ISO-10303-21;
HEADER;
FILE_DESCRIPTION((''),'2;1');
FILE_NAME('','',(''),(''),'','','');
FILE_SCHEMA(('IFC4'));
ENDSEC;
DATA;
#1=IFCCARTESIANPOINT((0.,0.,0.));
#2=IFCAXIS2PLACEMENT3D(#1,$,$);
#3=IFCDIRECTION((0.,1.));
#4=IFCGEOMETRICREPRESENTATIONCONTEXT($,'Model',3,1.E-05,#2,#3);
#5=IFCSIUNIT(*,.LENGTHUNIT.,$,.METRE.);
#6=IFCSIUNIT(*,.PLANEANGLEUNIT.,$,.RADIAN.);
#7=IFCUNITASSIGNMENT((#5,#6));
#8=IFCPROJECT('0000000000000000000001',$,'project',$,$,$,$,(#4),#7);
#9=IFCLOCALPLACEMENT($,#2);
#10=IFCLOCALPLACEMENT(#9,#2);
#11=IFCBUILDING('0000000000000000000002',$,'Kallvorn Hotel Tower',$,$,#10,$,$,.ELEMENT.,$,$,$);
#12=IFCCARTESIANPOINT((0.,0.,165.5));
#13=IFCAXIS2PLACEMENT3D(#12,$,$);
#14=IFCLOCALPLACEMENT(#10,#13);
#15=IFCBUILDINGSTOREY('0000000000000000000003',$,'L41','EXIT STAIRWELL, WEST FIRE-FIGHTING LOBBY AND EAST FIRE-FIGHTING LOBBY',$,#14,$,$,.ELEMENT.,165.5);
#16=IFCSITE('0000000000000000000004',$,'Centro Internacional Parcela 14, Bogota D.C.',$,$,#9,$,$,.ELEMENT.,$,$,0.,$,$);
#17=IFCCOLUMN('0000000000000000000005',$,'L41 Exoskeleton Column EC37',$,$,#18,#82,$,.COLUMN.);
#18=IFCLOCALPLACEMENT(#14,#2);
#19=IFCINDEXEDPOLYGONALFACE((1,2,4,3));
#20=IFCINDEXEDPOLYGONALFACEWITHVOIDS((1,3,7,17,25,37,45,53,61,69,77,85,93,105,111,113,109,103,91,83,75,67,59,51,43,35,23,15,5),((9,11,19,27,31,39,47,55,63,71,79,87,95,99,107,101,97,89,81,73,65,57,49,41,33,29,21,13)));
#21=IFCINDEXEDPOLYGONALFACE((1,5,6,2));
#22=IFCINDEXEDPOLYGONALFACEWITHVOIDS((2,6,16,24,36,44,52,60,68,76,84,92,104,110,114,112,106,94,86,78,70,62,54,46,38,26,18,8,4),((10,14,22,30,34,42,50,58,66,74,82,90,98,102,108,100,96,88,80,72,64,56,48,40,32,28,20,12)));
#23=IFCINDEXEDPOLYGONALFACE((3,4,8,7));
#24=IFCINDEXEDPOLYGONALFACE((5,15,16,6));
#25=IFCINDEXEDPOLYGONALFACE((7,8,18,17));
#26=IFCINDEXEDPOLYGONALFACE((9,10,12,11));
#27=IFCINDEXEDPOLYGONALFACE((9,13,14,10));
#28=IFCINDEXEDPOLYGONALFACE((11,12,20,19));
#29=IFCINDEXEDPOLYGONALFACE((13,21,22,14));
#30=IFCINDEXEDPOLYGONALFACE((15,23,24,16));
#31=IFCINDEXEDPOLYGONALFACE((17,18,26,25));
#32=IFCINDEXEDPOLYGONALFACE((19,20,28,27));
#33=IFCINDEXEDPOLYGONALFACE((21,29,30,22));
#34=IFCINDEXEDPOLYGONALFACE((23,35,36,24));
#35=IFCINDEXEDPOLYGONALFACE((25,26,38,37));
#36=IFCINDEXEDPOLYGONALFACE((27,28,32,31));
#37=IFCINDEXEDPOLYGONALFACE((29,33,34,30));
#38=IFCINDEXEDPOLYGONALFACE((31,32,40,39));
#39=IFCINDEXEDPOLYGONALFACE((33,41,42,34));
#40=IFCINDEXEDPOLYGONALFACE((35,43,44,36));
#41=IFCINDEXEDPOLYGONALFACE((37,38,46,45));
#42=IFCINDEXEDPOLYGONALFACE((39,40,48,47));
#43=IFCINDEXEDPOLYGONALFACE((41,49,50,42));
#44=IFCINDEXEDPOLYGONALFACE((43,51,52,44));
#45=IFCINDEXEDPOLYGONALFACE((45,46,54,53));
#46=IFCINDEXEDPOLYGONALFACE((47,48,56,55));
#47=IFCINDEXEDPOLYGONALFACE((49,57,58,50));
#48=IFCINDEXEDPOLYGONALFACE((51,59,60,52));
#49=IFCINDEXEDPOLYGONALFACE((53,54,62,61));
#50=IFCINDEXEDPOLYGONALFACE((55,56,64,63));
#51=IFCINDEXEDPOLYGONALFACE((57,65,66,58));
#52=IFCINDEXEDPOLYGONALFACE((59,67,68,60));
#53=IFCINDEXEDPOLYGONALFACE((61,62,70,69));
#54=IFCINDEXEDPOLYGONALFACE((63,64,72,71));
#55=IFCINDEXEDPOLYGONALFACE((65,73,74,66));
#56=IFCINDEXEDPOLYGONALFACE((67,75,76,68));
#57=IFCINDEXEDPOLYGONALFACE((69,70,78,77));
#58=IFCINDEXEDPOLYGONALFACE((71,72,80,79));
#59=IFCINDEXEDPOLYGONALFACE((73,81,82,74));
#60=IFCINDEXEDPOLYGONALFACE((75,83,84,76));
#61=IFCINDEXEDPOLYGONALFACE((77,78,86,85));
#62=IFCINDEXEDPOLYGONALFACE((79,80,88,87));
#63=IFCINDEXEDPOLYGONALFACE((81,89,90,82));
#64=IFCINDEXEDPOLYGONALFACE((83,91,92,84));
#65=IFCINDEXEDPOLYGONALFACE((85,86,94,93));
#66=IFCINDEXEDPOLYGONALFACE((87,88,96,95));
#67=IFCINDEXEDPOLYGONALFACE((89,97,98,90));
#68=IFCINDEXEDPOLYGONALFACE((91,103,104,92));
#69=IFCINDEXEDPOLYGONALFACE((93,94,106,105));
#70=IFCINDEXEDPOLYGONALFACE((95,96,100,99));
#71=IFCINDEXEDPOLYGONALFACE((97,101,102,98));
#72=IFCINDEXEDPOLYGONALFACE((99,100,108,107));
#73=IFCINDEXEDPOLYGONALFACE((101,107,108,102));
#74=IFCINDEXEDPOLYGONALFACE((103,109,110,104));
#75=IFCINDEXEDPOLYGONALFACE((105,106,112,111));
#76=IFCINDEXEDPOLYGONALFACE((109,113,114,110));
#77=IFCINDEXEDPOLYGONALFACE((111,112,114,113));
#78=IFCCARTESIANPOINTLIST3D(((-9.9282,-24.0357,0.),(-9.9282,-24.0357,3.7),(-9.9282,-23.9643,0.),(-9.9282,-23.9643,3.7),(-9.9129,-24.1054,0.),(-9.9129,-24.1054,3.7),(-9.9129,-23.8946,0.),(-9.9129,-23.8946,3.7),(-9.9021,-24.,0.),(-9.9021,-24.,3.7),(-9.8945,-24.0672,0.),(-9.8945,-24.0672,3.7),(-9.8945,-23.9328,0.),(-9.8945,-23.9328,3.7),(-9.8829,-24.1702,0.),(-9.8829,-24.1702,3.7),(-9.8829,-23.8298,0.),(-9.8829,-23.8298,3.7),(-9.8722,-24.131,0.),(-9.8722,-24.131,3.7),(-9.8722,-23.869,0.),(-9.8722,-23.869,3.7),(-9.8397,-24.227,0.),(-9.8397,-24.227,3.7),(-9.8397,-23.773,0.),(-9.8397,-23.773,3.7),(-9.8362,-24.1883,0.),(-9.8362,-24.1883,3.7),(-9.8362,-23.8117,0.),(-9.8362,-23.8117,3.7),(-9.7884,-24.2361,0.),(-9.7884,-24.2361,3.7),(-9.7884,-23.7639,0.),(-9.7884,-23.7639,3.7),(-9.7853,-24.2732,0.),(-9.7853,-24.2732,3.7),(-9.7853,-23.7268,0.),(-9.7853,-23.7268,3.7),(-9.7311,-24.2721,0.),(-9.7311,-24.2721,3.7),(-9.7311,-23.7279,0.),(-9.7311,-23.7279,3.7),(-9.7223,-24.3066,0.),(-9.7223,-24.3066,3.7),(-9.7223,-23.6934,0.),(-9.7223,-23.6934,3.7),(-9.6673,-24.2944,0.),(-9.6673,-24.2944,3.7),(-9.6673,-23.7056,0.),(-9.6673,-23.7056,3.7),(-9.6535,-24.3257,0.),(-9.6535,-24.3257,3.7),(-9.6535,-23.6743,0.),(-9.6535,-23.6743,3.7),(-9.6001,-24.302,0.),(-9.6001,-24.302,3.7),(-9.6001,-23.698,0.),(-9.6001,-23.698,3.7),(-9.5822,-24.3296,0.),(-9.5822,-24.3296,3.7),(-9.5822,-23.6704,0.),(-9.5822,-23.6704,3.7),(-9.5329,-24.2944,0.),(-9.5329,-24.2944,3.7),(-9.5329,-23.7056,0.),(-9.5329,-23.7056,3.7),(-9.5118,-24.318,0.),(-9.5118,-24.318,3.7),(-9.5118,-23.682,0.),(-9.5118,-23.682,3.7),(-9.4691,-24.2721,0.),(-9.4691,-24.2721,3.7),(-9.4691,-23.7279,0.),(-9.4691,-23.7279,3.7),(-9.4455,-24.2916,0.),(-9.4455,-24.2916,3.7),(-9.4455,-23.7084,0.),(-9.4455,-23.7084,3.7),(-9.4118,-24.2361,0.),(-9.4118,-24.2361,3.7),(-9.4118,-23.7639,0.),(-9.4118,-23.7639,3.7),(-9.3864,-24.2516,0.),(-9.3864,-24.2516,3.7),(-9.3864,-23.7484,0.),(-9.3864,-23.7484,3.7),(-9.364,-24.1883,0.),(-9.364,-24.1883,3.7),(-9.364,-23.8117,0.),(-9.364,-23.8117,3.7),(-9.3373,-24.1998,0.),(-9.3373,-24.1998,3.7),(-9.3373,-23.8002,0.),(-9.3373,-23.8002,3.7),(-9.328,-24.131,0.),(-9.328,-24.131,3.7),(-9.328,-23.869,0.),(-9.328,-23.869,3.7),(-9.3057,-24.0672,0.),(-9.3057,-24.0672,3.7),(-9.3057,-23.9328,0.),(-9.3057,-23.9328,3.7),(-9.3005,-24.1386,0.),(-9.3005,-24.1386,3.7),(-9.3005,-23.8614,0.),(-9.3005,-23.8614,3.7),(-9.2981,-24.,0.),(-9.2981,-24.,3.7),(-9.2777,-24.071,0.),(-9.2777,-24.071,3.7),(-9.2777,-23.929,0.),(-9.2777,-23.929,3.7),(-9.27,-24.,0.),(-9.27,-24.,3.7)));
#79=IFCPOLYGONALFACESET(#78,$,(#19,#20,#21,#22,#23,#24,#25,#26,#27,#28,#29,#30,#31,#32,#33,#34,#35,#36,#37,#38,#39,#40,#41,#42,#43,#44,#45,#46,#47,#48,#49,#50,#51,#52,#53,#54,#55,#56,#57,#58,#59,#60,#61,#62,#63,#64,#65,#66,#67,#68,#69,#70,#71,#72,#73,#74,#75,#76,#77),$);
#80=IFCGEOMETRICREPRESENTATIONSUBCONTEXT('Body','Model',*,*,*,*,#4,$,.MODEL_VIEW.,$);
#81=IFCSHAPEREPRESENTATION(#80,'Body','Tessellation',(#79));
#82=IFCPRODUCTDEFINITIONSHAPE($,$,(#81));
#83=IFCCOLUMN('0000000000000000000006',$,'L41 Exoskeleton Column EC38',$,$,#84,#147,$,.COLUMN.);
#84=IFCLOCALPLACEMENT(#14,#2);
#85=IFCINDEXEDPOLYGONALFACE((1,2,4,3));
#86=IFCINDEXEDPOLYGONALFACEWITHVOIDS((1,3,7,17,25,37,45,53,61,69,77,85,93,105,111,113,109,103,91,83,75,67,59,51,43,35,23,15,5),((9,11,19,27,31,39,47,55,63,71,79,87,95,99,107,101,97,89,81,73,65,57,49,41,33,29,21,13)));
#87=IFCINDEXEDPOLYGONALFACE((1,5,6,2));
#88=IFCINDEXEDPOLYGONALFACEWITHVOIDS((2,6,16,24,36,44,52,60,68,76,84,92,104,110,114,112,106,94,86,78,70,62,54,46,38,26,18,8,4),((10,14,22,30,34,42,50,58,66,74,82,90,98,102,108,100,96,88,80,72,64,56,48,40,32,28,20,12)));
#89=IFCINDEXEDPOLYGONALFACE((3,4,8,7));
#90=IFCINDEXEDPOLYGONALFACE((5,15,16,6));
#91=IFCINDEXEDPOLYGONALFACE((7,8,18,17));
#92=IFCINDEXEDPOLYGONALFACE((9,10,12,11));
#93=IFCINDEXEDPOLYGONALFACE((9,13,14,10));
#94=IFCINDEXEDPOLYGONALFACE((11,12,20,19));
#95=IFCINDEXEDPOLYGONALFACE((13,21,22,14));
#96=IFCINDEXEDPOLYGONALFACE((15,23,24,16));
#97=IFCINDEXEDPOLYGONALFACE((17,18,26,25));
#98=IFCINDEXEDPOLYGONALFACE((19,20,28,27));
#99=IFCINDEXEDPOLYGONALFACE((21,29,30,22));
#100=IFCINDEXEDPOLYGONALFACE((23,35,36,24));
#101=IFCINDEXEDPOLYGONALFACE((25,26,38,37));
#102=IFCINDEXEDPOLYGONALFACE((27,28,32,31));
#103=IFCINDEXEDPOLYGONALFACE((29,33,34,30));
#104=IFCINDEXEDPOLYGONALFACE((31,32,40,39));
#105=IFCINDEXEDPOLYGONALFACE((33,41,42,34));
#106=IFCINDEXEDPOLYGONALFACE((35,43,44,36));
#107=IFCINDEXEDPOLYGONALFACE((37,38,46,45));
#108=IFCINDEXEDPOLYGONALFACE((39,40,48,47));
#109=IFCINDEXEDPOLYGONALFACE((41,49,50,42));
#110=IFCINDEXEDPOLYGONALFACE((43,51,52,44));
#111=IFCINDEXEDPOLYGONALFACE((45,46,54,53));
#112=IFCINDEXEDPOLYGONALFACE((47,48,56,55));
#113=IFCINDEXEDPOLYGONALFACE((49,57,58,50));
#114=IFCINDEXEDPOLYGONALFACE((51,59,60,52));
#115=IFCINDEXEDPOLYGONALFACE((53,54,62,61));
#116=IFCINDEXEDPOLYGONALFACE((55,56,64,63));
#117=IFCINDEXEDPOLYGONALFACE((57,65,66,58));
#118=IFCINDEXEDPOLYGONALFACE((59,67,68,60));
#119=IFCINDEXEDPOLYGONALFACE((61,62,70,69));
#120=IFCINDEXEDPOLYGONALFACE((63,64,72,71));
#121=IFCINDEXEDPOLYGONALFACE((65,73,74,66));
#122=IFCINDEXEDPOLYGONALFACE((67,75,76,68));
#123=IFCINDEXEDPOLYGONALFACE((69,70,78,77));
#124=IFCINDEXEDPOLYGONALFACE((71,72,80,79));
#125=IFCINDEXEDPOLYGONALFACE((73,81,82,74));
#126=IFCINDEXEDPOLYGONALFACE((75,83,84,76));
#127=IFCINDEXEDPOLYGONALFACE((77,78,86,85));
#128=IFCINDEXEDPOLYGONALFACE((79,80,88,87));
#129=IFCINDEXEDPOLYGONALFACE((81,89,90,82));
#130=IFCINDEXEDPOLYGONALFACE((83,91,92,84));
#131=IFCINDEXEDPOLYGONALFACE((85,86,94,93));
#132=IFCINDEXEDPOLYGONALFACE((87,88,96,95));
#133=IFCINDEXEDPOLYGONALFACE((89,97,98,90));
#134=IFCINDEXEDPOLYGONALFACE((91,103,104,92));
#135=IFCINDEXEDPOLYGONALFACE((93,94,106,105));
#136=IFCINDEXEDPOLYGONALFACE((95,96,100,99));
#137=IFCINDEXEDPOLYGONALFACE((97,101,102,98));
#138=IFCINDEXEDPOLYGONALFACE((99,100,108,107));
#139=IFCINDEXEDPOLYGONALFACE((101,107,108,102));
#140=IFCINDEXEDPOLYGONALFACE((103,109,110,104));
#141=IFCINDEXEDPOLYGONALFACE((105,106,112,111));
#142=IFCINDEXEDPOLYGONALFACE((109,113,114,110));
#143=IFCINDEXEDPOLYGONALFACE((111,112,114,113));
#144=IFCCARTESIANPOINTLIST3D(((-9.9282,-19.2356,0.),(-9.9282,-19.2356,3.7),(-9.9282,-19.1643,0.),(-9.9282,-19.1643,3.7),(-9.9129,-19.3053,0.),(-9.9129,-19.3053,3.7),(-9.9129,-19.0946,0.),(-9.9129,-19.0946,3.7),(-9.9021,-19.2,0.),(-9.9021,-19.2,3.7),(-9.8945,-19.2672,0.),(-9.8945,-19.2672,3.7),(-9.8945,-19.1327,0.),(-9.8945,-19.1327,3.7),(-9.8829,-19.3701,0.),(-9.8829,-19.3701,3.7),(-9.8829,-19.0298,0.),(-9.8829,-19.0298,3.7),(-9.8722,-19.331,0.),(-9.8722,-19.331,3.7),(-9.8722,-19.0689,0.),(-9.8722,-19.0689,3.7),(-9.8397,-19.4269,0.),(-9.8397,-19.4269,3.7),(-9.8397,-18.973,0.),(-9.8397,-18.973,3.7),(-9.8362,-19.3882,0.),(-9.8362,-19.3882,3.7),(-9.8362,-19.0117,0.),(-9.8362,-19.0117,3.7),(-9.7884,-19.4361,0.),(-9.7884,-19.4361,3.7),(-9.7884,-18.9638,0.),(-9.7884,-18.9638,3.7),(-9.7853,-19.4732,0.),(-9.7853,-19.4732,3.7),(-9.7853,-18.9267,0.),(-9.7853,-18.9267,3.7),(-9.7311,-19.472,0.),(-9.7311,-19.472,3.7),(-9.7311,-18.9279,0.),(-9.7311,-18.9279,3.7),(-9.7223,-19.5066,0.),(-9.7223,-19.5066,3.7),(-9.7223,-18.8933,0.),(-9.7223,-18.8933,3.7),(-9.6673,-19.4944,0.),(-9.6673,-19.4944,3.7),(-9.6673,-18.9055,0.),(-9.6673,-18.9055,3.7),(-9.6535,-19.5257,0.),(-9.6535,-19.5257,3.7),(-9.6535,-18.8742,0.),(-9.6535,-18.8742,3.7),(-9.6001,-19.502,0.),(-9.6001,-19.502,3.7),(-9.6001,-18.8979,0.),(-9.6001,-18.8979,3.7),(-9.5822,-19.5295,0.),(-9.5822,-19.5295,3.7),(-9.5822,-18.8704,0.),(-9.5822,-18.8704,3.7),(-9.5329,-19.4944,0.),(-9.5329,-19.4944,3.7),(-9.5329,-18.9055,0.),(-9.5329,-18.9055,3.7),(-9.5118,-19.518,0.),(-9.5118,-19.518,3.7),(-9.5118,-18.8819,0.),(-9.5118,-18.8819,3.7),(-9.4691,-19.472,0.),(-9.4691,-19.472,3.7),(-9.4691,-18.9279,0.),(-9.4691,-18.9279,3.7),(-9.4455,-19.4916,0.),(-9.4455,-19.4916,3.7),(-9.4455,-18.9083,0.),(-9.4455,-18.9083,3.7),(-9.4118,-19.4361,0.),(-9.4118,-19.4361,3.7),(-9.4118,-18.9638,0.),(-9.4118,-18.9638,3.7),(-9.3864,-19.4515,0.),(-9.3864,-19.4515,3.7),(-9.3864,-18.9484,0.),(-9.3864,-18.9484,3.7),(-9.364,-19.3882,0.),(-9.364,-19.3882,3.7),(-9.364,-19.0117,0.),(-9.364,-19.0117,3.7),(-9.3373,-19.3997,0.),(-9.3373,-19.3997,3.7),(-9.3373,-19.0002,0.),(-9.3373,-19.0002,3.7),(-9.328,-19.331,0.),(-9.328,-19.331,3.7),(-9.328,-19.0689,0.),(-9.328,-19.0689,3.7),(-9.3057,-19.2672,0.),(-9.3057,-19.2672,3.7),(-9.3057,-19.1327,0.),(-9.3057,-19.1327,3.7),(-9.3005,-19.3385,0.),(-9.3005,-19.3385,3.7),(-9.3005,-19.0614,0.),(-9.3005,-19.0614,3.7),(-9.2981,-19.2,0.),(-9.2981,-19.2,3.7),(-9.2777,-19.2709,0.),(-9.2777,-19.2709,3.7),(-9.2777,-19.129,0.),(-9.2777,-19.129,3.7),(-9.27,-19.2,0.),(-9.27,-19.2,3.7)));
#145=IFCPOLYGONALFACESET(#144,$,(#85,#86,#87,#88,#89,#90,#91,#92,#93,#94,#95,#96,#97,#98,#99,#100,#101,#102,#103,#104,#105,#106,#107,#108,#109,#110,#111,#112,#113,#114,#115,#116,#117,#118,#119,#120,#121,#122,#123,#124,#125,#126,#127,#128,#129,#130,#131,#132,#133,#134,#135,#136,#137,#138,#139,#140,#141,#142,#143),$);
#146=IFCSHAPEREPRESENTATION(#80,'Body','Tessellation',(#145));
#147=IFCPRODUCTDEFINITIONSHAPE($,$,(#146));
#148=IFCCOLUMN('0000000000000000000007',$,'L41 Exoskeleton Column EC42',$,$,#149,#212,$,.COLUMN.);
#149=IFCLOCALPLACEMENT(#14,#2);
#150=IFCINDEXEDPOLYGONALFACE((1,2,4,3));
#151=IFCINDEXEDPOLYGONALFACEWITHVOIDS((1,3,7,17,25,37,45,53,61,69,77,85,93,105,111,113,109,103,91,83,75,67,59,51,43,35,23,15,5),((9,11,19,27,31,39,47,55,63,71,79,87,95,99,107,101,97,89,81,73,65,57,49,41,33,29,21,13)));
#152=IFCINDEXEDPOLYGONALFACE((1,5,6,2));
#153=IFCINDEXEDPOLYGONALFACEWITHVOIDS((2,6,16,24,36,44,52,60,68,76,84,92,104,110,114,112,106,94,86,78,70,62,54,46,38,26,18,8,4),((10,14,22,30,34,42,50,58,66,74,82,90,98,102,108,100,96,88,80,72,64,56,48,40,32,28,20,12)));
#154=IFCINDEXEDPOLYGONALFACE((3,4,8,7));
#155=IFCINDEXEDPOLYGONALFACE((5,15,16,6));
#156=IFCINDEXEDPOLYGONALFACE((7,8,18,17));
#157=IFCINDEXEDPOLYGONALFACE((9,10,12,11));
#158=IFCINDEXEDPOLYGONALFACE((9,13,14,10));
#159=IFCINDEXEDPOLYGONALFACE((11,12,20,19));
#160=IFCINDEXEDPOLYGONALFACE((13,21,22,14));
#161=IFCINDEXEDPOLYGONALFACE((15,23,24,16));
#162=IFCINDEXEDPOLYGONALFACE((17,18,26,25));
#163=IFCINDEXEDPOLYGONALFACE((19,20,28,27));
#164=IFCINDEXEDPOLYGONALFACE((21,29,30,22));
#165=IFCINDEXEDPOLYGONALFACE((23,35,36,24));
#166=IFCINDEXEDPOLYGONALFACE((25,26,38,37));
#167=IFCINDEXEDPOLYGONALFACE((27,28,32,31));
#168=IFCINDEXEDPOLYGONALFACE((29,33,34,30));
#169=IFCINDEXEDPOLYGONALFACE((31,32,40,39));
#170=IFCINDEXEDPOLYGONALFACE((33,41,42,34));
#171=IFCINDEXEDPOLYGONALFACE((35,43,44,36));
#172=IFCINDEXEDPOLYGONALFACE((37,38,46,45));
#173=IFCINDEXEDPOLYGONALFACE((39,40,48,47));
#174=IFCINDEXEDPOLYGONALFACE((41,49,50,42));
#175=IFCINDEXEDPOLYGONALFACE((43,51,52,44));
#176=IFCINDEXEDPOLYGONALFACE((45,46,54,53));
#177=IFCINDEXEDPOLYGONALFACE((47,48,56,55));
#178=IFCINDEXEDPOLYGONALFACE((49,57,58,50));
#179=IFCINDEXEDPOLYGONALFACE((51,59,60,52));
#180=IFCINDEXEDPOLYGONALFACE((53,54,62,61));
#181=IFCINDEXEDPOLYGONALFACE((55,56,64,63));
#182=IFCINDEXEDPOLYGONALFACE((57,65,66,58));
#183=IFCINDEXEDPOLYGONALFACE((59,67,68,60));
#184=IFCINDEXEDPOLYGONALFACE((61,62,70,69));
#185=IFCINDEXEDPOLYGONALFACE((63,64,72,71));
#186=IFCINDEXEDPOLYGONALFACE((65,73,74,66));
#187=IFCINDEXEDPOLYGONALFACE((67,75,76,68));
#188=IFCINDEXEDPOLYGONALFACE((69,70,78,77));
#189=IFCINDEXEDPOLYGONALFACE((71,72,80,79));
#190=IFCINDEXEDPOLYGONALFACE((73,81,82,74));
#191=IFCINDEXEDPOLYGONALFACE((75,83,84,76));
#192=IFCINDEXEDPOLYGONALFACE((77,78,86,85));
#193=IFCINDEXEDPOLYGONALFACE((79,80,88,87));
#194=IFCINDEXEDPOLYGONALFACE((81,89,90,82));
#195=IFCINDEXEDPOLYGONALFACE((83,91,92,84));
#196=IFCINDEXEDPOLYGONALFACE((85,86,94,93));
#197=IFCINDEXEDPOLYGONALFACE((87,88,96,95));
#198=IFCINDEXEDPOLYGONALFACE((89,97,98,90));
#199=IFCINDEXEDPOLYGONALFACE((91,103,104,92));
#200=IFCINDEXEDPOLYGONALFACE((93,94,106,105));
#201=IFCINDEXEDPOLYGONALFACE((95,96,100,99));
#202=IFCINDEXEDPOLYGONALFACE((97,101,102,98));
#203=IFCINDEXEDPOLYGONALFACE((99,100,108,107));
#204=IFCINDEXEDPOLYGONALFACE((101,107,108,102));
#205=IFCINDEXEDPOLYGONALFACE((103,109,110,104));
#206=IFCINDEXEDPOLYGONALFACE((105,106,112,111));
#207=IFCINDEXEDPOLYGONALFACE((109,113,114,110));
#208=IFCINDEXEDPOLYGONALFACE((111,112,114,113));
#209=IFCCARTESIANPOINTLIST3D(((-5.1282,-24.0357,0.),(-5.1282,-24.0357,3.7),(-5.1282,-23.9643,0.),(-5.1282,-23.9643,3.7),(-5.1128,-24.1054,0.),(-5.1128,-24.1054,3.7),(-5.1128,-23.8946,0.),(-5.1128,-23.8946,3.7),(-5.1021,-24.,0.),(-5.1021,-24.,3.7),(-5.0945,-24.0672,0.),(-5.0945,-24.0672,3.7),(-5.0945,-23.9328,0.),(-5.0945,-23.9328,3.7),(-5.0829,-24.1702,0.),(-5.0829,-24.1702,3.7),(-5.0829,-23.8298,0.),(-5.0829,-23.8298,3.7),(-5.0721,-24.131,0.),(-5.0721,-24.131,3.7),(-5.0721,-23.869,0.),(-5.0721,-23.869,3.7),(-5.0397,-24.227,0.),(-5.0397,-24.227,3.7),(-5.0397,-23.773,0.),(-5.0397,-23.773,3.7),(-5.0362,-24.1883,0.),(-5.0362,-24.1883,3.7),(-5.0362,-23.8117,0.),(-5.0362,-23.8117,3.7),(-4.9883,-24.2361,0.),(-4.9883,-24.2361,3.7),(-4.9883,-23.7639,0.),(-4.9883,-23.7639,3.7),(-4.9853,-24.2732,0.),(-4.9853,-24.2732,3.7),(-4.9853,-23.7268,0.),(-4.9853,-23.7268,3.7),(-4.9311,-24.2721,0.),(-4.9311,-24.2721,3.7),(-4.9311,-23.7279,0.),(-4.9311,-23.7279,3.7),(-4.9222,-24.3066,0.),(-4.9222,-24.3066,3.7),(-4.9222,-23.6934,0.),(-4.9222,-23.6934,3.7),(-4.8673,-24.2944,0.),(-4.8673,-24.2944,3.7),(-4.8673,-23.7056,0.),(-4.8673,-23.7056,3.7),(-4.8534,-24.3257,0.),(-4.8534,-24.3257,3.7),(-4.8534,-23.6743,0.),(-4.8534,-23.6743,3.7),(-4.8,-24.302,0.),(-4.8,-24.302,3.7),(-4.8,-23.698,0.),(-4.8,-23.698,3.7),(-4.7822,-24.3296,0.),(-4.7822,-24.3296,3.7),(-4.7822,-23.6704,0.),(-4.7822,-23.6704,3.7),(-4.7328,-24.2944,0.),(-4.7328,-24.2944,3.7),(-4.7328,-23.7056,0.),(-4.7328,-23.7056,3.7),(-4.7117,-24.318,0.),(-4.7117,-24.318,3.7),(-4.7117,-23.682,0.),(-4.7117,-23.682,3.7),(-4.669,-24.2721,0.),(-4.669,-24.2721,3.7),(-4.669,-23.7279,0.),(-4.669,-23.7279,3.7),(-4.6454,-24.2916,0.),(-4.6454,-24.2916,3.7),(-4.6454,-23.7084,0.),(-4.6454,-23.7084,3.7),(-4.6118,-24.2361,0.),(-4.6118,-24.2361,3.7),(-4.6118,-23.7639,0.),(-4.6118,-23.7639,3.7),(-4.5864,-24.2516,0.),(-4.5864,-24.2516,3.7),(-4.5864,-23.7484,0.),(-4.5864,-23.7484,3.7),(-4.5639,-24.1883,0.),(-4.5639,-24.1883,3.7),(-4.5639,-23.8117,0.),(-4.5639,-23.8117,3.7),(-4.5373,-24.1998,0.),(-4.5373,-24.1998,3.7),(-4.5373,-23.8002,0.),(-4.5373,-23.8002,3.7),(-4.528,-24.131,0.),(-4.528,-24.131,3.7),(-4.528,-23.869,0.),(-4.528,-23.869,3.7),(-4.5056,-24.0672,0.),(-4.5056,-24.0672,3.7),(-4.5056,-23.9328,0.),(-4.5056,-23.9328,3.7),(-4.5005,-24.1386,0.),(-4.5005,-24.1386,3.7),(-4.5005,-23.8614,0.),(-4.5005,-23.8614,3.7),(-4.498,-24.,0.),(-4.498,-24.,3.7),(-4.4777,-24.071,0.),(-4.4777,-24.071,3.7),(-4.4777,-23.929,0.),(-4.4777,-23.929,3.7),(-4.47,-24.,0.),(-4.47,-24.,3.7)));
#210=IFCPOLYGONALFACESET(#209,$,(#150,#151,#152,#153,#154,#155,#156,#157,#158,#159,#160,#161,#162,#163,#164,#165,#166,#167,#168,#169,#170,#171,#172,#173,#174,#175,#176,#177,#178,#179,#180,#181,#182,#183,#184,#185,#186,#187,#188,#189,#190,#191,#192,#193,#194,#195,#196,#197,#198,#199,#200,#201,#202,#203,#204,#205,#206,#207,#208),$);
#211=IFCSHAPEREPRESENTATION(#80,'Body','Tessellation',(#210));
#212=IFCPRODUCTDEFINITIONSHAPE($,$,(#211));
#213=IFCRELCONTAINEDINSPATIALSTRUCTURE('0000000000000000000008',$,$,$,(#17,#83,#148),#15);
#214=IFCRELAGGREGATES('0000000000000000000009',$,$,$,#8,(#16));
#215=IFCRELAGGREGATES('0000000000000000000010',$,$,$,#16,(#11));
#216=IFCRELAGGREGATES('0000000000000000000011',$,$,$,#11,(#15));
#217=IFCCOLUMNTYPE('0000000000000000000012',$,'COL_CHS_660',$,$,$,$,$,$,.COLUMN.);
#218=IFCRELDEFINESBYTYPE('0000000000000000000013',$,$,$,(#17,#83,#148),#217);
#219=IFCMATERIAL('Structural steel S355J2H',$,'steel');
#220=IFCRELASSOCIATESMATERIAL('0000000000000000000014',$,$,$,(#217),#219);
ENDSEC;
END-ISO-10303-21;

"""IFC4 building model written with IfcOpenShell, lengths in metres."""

from ifc_helpers import new_model, si_unit, direction, frame, origin, origin_2d, place, context, subcontext, project, spatial, hollow_circle, extrude, material, material_profile, profile_set, type_object, element, save


model = new_model("IFC4")

# Units and contexts
model_context = context("Model", 3, precision=1e-05, world=origin(), true_north=direction((0.0, 1.0)))
body_context = subcontext(model_context, "Body", "Model", "MODEL_VIEW")
ifc_project = project(units=[si_unit("LENGTHUNIT", "METRE"), si_unit("PLANEANGLEUNIT", "RADIAN")], contexts=[model_context])

# Site, building, storey
site_placement = place(None, origin())
site = spatial("IfcSite", under=ifc_project, at=site_placement, Name="Centro Internacional Parcela 14, Bogota D.C.", CompositionType="ELEMENT", RefElevation=0.0)
building_placement = place(site_placement, origin())
building = spatial("IfcBuilding", under=site, at=building_placement, Name="Kallvorn Hotel Tower", CompositionType="ELEMENT")
storey_placement = place(building_placement, frame((0.0, 0.0, 165.5)))
storey = spatial("IfcBuildingStorey", under=building, at=storey_placement, Name="L41", Description="EXIT STAIRWELL, WEST FIRE-FIGHTING LOBBY AND EAST FIRE-FIGHTING LOBBY", CompositionType="ELEMENT", Elevation=165.5)

# Columns
ifc_material_1 = material(Name="Structural steel S355J2H", Category="steel")
ifc_material_profile_1 = material_profile(ifc_material_1, hollow_circle(Radius=0.3301, WallThickness=0.0281, at=origin_2d()), Name="CHS 660x28")
ifc_profile_set_1 = profile_set([ifc_material_profile_1], Name="Structural steel S355J2H")
column_type_1 = type_object("IfcColumnType", Name="COL_CHS_660", PredefinedType="COLUMN", material=ifc_profile_set_1)
for number, where, z_axis, x_axis, name in (
    (1, (-9.6001, -24.0, 0.0), (0.0, 0.0, 1.0), (1.0, 0.0, 0.0), "L41 Exoskeleton Column EC37"),
    (2, (-9.6001, -19.2, 0.0), (0.0, 0.0, 1.0), (1.0, 0.0, 0.0), "L41 Exoskeleton Column EC38"),
    (3, (-4.8, -24.0, 0.0), (0.0, 0.0, 1.0), (1.0, 0.0, 0.0), "L41 Exoskeleton Column EC42"),
):
    element("IfcColumn", number, at=place(storey_placement, frame(where, z_axis=z_axis, x_axis=x_axis)), inside=storey, type_object=column_type_1, Name=name, PredefinedType="COLUMN", context=body_context, shape_type="SweptSolid", body=[
        extrude(hollow_circle(Radius=0.3301, WallThickness=0.0281, at=origin_2d()), origin(), (0.0, 0.0, 1.0), 3.7),
    ])

save(model, "model.ifc")
